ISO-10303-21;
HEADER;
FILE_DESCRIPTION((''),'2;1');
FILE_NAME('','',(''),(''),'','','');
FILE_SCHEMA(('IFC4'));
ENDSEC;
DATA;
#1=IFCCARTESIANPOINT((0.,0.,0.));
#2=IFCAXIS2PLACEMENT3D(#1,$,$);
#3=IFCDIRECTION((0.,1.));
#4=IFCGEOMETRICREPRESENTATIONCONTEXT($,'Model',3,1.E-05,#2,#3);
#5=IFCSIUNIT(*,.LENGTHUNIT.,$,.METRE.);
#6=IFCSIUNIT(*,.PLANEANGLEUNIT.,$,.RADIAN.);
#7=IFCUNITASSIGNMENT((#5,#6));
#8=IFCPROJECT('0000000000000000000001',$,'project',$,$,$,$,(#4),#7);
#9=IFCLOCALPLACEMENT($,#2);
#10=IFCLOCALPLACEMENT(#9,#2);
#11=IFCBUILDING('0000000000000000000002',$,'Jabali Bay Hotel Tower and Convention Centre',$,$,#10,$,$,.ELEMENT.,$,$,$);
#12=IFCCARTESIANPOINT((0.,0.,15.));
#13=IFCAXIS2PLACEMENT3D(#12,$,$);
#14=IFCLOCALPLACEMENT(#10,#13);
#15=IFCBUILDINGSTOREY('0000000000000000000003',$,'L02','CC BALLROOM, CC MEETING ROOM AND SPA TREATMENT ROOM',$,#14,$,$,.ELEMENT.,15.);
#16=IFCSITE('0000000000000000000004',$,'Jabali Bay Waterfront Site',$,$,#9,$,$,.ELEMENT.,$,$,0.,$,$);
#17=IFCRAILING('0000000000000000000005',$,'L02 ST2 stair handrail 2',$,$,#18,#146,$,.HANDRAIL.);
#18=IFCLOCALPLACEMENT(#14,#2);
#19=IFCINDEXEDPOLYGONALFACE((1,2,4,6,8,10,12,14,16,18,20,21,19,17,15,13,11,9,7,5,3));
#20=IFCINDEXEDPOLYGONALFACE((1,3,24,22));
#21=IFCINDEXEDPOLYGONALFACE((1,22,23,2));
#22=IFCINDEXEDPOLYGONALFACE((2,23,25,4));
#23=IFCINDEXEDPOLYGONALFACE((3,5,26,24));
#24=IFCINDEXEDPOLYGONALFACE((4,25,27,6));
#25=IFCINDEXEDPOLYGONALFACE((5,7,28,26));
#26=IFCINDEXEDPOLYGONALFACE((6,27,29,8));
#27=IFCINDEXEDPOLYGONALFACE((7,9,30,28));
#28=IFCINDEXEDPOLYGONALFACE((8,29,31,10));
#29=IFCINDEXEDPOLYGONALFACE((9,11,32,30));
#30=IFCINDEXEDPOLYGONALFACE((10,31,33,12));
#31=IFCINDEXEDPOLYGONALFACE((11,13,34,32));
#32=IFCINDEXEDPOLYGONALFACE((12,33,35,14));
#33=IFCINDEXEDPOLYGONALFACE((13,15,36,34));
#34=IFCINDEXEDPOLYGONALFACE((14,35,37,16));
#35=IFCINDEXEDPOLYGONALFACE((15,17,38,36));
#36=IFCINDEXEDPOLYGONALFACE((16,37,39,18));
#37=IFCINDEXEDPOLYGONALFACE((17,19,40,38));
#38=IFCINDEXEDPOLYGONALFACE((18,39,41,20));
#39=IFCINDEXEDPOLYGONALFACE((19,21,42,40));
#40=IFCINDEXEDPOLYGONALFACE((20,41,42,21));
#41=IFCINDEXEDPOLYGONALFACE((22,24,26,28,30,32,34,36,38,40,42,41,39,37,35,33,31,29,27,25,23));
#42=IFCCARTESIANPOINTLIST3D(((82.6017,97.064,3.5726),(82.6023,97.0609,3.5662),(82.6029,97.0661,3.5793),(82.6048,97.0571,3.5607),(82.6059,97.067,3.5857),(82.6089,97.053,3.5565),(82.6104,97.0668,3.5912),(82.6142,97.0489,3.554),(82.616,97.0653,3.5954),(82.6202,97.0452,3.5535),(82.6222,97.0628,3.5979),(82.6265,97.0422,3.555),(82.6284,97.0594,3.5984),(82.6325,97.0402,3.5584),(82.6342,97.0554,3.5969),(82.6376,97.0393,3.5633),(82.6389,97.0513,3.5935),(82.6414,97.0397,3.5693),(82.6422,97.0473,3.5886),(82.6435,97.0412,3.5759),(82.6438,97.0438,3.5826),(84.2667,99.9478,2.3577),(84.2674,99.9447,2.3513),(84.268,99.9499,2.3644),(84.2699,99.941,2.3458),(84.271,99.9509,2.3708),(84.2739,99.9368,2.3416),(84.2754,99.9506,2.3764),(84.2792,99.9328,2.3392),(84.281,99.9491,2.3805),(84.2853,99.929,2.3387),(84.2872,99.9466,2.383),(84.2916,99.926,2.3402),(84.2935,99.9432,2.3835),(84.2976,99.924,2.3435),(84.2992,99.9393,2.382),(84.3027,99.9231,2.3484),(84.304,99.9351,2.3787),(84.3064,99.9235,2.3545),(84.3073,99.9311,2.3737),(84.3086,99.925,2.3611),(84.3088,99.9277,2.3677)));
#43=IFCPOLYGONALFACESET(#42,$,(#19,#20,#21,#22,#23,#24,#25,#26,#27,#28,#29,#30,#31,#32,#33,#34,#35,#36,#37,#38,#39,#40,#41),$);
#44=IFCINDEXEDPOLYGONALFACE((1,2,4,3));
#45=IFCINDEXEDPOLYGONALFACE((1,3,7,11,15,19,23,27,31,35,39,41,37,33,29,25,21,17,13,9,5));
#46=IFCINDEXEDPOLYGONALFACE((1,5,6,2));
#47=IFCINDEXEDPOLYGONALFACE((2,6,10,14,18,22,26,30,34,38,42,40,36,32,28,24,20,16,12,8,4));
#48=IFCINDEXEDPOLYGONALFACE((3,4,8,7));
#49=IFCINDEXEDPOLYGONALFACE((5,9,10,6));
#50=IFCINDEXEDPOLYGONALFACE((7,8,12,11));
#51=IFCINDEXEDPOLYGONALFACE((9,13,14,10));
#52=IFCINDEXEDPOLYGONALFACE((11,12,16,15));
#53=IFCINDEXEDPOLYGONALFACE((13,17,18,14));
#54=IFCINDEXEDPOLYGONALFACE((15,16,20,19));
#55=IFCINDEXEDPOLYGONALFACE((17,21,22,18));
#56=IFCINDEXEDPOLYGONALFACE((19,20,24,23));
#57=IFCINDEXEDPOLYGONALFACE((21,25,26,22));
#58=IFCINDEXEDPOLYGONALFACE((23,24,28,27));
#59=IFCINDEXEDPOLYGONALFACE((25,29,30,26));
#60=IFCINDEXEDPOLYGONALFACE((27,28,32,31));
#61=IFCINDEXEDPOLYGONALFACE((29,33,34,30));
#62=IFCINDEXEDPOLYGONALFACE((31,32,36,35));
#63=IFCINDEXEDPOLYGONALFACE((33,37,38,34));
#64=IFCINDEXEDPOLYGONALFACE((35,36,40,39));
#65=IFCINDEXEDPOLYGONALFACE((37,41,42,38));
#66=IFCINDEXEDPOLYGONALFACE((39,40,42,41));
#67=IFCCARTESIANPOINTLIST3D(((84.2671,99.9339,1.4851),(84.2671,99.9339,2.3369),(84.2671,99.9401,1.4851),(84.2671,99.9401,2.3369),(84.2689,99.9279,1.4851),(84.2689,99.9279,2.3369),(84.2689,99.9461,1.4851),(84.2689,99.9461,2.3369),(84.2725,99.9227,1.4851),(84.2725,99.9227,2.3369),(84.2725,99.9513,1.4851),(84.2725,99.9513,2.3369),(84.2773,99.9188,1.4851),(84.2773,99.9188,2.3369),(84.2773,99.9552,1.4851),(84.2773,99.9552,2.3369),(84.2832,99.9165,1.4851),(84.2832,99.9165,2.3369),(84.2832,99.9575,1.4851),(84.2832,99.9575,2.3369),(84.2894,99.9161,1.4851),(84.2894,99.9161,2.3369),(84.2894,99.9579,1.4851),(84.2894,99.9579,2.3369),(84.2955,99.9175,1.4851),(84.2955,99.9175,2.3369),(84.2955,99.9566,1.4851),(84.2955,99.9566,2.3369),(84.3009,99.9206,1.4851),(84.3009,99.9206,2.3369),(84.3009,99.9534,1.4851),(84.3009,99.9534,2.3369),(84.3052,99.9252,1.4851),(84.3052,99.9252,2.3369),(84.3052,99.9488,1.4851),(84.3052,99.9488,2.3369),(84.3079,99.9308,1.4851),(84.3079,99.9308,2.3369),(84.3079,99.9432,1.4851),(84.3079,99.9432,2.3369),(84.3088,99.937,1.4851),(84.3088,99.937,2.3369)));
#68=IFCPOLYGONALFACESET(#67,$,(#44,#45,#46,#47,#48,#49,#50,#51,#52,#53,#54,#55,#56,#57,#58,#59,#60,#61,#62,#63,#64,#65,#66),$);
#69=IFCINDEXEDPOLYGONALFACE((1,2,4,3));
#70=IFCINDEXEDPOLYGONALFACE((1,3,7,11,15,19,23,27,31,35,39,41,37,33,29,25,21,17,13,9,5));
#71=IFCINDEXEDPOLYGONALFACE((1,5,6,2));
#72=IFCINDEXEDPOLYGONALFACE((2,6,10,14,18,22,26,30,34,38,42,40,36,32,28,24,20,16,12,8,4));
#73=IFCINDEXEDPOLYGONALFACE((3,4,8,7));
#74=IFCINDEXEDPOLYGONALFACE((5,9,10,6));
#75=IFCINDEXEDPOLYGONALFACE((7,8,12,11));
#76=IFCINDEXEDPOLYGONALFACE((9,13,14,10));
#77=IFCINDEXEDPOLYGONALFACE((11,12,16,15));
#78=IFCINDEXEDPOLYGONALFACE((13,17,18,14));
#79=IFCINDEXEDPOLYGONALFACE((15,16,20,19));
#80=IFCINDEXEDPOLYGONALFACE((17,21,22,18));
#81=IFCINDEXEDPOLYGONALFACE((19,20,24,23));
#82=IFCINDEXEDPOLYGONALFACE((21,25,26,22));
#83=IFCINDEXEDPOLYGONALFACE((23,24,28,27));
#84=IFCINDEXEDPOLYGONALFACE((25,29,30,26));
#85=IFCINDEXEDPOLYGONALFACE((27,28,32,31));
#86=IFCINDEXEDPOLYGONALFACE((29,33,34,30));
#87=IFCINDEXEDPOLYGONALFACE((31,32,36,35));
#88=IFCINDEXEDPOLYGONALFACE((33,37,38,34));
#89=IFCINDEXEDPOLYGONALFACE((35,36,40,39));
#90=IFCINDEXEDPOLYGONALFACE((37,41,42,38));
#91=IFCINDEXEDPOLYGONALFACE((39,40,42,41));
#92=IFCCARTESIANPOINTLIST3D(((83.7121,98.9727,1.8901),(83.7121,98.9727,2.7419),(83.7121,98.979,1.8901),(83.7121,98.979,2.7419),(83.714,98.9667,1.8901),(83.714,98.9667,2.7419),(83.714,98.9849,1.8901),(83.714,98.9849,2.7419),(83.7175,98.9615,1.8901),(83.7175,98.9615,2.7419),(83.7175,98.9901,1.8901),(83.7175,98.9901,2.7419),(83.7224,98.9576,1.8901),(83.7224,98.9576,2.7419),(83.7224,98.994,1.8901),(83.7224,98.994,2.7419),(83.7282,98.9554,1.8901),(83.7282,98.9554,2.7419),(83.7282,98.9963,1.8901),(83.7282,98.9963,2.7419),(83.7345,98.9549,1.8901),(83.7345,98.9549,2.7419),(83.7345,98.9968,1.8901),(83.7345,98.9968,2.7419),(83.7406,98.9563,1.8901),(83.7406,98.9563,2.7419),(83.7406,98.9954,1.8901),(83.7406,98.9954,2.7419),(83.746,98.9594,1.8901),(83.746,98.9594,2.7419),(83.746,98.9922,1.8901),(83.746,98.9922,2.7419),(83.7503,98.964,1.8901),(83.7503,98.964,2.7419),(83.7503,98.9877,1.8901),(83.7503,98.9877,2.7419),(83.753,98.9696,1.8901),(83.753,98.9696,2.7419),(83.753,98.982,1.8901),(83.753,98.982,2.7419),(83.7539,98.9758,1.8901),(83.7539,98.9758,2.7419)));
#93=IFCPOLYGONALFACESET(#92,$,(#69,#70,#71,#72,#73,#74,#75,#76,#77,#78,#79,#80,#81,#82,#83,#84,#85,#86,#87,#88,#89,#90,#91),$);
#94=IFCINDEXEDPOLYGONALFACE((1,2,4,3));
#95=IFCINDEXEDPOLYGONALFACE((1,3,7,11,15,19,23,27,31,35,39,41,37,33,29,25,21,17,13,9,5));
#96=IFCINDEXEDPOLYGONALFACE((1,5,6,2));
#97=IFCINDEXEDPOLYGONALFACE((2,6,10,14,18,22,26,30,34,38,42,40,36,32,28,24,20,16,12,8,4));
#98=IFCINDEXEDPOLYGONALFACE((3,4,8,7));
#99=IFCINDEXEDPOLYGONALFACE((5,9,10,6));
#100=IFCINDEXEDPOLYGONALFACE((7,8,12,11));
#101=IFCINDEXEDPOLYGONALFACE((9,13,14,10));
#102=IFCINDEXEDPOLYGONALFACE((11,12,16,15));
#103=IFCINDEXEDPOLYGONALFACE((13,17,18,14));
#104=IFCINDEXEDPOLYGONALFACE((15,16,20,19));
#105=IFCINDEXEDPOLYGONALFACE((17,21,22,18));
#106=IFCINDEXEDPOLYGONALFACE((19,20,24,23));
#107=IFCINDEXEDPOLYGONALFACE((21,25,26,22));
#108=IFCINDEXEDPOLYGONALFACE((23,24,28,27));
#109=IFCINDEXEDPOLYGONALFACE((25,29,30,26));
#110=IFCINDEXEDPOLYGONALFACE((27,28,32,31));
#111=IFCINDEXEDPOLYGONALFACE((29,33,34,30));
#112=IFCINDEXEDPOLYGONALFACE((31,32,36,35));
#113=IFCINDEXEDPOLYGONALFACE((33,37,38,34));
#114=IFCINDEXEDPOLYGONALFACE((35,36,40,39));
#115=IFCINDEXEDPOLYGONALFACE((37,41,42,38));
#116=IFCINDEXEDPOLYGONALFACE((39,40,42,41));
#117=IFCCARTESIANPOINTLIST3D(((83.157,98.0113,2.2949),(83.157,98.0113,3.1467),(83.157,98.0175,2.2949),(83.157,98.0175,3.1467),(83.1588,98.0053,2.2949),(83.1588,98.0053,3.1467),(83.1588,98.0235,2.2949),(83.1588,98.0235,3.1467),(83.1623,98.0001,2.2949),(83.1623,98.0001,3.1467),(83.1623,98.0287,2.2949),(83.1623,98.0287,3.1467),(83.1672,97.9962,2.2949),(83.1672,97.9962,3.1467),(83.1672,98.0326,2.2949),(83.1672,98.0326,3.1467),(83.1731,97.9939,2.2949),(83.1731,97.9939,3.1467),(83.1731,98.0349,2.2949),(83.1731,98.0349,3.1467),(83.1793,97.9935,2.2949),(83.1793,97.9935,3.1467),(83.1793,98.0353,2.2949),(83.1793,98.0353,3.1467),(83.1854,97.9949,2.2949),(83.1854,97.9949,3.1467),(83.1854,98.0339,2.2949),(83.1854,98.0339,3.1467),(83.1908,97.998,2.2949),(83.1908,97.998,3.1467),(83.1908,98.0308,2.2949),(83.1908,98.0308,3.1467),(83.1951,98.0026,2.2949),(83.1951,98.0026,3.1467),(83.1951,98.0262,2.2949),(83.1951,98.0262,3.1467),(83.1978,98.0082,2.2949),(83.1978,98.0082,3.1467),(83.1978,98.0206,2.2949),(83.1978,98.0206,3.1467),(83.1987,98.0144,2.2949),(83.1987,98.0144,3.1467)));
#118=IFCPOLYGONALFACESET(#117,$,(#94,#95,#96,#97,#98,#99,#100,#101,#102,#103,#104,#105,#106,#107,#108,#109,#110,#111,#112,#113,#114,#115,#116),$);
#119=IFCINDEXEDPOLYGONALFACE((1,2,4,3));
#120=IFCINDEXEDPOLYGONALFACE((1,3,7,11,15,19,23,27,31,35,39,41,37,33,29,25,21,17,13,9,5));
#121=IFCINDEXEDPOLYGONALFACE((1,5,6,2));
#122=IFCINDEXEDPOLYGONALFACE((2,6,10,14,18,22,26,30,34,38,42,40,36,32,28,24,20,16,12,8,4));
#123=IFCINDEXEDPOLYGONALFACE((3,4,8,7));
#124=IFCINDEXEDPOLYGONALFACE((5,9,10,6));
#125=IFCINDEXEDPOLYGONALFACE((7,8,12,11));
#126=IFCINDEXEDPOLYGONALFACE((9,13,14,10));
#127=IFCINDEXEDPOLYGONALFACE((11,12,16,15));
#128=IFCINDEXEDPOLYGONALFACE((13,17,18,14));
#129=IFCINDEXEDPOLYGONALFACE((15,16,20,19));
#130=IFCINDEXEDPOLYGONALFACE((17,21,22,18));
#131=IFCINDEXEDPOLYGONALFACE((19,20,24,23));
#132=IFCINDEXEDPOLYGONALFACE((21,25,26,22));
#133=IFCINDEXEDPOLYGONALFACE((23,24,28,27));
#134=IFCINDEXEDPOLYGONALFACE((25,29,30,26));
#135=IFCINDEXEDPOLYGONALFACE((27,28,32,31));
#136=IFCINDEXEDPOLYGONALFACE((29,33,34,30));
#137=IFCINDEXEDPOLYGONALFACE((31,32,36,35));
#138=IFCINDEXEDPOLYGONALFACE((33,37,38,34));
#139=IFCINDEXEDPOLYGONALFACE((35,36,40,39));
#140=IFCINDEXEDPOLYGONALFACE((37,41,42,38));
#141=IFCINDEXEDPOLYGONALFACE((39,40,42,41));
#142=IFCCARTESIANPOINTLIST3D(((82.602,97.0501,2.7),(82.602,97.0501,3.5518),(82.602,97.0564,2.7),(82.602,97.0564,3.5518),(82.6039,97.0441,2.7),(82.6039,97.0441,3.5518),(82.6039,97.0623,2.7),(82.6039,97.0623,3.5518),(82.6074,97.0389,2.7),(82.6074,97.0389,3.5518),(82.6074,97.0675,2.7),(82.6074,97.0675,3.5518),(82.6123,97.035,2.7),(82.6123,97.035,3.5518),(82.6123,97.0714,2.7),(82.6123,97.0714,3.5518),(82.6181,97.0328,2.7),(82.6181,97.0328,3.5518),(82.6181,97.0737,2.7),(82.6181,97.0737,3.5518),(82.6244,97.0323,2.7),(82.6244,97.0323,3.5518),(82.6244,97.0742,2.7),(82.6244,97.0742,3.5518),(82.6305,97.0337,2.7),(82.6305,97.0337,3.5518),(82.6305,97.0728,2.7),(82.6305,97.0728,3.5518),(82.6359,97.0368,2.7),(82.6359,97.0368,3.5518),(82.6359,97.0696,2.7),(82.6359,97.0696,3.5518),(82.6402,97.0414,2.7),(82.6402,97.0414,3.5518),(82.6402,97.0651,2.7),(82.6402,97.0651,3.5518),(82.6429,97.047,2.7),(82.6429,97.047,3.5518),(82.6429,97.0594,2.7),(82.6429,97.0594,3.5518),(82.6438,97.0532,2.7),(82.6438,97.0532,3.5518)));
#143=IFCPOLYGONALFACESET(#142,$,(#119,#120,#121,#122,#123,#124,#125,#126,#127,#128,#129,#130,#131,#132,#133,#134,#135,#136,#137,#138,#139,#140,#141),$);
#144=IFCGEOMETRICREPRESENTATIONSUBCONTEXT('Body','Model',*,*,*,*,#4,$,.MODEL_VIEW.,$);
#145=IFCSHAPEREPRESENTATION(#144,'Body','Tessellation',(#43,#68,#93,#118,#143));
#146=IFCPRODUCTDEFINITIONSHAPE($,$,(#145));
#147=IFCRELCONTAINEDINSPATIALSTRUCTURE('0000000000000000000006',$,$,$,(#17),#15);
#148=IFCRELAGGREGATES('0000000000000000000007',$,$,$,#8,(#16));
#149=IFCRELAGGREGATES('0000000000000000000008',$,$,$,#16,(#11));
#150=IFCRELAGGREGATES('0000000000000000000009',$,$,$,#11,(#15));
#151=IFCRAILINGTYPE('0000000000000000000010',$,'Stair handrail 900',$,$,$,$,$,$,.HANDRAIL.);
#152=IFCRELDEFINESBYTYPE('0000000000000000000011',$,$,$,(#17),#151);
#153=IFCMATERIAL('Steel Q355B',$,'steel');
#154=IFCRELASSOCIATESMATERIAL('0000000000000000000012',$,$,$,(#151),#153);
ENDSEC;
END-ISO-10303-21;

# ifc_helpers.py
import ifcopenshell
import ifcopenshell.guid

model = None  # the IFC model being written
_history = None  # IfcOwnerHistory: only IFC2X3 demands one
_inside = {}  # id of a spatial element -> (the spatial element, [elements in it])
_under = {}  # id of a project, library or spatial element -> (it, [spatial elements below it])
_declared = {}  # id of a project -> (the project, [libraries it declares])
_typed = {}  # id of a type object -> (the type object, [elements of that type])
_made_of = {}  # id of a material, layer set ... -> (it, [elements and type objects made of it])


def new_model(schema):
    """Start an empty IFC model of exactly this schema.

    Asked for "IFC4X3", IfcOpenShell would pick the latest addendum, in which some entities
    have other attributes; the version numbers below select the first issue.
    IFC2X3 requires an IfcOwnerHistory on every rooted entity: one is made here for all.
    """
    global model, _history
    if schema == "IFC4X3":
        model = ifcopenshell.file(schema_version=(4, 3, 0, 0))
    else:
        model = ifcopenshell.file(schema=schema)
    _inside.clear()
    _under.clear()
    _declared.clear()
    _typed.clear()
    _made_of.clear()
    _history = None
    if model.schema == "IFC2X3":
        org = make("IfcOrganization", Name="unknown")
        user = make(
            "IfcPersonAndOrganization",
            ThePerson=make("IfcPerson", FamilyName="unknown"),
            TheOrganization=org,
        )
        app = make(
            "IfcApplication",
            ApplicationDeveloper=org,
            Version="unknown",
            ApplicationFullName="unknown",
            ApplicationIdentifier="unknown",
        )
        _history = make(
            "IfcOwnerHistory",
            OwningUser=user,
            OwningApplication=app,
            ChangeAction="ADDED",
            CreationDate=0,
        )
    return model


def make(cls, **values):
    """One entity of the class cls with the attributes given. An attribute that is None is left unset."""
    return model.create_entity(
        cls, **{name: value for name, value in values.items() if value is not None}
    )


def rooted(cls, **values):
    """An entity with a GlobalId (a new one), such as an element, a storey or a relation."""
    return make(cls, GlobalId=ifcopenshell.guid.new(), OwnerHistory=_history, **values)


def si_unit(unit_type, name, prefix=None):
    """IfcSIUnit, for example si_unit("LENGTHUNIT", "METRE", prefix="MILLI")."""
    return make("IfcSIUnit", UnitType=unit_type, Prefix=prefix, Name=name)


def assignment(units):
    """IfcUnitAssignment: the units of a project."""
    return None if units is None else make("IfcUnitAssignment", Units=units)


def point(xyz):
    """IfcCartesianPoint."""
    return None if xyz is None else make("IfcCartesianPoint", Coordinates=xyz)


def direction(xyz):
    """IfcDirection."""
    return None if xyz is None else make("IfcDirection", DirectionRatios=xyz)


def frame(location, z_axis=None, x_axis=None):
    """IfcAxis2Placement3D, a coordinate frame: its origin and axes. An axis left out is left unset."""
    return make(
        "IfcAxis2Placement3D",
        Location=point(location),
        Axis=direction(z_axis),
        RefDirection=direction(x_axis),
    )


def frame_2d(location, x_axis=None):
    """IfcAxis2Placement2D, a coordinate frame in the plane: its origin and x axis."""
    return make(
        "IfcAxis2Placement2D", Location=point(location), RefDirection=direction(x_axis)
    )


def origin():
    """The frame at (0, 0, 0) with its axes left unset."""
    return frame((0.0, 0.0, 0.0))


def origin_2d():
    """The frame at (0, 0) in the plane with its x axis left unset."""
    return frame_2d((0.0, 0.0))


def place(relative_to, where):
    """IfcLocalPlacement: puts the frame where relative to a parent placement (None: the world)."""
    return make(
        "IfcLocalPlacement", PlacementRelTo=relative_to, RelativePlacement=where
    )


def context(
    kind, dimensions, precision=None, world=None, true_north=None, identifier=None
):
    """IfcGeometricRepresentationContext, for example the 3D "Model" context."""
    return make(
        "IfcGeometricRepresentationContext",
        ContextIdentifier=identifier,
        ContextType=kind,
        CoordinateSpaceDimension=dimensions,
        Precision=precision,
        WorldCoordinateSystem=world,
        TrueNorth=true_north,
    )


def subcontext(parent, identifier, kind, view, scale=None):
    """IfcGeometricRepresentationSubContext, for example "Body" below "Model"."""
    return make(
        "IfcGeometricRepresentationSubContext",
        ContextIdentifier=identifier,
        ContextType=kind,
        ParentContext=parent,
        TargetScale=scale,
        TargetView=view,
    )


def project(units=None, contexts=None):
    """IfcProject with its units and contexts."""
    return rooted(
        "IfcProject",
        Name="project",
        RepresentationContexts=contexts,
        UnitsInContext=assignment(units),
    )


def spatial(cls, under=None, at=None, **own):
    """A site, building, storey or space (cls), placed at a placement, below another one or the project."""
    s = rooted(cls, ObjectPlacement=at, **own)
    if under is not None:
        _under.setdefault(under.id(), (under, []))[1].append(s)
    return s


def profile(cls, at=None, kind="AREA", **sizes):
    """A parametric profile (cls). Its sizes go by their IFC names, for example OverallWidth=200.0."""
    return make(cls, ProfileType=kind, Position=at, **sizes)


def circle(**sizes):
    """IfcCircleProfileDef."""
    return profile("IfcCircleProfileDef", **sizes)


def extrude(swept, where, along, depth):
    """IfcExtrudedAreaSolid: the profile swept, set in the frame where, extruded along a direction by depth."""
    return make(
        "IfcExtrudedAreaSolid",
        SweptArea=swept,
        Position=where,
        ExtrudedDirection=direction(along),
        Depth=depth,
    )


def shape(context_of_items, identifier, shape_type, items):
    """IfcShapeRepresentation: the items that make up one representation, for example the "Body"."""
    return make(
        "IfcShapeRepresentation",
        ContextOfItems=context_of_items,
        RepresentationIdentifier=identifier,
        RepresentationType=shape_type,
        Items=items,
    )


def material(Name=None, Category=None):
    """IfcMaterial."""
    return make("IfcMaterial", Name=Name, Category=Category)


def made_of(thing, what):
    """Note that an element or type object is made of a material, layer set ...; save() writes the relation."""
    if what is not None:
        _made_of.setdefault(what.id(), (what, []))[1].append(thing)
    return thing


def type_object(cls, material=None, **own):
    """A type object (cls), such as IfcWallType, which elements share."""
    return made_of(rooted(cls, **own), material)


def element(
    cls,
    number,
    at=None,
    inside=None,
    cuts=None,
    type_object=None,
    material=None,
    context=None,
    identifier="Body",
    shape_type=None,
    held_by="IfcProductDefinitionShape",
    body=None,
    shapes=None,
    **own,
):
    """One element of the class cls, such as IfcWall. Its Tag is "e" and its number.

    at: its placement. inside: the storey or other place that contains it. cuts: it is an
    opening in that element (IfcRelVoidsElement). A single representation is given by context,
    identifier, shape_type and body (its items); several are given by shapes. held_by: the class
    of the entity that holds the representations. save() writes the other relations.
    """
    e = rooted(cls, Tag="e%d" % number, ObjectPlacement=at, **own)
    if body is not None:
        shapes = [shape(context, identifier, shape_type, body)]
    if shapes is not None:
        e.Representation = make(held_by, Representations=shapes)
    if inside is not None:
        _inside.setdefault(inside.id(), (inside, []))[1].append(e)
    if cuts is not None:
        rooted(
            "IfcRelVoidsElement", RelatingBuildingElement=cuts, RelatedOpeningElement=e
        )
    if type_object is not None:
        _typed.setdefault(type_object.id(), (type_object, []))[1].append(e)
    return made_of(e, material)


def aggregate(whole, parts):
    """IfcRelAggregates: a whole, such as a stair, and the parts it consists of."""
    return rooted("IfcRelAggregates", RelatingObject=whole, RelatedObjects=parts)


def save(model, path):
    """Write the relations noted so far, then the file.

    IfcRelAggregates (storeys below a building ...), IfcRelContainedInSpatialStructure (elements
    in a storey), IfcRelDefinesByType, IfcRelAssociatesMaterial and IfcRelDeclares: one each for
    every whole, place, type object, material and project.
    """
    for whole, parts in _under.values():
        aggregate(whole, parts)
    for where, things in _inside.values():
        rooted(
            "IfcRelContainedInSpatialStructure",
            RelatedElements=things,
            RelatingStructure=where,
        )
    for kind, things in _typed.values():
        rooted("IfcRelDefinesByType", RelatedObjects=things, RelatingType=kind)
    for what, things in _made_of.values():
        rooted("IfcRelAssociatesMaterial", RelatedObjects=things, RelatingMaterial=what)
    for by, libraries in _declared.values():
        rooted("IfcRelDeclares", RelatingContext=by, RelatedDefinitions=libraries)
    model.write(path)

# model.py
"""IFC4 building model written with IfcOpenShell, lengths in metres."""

from ifc_helpers import new_model, si_unit, direction, frame, origin, origin_2d, place, context, subcontext, project, spatial, circle, extrude, material, type_object, element, save


model = new_model("IFC4")

# Units and contexts
model_context = context("Model", 3, precision=1e-05, world=origin(), true_north=direction((0.0, 1.0)))
body_context = subcontext(model_context, "Body", "Model", "MODEL_VIEW")
ifc_project = project(units=[si_unit("LENGTHUNIT", "METRE"), si_unit("PLANEANGLEUNIT", "RADIAN")], contexts=[model_context])

# Site, building, storey
site_placement = place(None, origin())
site = spatial("IfcSite", under=ifc_project, at=site_placement, Name="Jabali Bay Waterfront Site", CompositionType="ELEMENT", RefElevation=0.0)
building_placement = place(site_placement, origin())
building = spatial("IfcBuilding", under=site, at=building_placement, Name="Jabali Bay Hotel Tower and Convention Centre", CompositionType="ELEMENT")
storey_placement = place(building_placement, frame((0.0, 0.0, 15.0)))
storey = spatial("IfcBuildingStorey", under=building, at=storey_placement, Name="L02", Description="CC BALLROOM, CC MEETING ROOM AND SPA TREATMENT ROOM", CompositionType="ELEMENT", Elevation=15.0)

# Railing
ifc_material_1 = material(Name="Steel Q355B", Category="steel")
railing_type = type_object("IfcRailingType", Name="Stair handrail 900", PredefinedType="HANDRAIL", material=ifc_material_1)
railing_placement = place(storey_placement, frame((84.2878, 99.937, 1.4851)))
element("IfcRailing", 1, at=railing_placement, inside=storey, type_object=railing_type, Name="L02 ST2 stair handrail 2", PredefinedType="HANDRAIL", context=body_context, shape_type="SweptSolid", body=[
    extrude(circle(Radius=0.0239, at=origin_2d()), frame((0.0, 0.0, 0.876), z_axis=(-0.469735, -0.813564, 0.342727), x_axis=(0.866015, -0.500019, 0.0)), (0.0, 0.0, 1.0), 3.5447),
    extrude(circle(Radius=0.021, at=origin_2d()), origin(), (0.0, 0.0, 1.0), 0.8518),
    extrude(circle(Radius=0.021, at=origin_2d()), frame((-0.5549, -0.9612, 0.405)), (0.0, 0.0, 1.0), 0.8518),
    extrude(circle(Radius=0.021, at=origin_2d()), frame((-1.1101, -1.9226, 0.8098)), (0.0, 0.0, 1.0), 0.8518),
    extrude(circle(Radius=0.021, at=origin_2d()), frame((-1.665, -2.8838, 1.2148)), (0.0, 0.0, 1.0), 0.8518),
])

save(model, "model.ifc")
